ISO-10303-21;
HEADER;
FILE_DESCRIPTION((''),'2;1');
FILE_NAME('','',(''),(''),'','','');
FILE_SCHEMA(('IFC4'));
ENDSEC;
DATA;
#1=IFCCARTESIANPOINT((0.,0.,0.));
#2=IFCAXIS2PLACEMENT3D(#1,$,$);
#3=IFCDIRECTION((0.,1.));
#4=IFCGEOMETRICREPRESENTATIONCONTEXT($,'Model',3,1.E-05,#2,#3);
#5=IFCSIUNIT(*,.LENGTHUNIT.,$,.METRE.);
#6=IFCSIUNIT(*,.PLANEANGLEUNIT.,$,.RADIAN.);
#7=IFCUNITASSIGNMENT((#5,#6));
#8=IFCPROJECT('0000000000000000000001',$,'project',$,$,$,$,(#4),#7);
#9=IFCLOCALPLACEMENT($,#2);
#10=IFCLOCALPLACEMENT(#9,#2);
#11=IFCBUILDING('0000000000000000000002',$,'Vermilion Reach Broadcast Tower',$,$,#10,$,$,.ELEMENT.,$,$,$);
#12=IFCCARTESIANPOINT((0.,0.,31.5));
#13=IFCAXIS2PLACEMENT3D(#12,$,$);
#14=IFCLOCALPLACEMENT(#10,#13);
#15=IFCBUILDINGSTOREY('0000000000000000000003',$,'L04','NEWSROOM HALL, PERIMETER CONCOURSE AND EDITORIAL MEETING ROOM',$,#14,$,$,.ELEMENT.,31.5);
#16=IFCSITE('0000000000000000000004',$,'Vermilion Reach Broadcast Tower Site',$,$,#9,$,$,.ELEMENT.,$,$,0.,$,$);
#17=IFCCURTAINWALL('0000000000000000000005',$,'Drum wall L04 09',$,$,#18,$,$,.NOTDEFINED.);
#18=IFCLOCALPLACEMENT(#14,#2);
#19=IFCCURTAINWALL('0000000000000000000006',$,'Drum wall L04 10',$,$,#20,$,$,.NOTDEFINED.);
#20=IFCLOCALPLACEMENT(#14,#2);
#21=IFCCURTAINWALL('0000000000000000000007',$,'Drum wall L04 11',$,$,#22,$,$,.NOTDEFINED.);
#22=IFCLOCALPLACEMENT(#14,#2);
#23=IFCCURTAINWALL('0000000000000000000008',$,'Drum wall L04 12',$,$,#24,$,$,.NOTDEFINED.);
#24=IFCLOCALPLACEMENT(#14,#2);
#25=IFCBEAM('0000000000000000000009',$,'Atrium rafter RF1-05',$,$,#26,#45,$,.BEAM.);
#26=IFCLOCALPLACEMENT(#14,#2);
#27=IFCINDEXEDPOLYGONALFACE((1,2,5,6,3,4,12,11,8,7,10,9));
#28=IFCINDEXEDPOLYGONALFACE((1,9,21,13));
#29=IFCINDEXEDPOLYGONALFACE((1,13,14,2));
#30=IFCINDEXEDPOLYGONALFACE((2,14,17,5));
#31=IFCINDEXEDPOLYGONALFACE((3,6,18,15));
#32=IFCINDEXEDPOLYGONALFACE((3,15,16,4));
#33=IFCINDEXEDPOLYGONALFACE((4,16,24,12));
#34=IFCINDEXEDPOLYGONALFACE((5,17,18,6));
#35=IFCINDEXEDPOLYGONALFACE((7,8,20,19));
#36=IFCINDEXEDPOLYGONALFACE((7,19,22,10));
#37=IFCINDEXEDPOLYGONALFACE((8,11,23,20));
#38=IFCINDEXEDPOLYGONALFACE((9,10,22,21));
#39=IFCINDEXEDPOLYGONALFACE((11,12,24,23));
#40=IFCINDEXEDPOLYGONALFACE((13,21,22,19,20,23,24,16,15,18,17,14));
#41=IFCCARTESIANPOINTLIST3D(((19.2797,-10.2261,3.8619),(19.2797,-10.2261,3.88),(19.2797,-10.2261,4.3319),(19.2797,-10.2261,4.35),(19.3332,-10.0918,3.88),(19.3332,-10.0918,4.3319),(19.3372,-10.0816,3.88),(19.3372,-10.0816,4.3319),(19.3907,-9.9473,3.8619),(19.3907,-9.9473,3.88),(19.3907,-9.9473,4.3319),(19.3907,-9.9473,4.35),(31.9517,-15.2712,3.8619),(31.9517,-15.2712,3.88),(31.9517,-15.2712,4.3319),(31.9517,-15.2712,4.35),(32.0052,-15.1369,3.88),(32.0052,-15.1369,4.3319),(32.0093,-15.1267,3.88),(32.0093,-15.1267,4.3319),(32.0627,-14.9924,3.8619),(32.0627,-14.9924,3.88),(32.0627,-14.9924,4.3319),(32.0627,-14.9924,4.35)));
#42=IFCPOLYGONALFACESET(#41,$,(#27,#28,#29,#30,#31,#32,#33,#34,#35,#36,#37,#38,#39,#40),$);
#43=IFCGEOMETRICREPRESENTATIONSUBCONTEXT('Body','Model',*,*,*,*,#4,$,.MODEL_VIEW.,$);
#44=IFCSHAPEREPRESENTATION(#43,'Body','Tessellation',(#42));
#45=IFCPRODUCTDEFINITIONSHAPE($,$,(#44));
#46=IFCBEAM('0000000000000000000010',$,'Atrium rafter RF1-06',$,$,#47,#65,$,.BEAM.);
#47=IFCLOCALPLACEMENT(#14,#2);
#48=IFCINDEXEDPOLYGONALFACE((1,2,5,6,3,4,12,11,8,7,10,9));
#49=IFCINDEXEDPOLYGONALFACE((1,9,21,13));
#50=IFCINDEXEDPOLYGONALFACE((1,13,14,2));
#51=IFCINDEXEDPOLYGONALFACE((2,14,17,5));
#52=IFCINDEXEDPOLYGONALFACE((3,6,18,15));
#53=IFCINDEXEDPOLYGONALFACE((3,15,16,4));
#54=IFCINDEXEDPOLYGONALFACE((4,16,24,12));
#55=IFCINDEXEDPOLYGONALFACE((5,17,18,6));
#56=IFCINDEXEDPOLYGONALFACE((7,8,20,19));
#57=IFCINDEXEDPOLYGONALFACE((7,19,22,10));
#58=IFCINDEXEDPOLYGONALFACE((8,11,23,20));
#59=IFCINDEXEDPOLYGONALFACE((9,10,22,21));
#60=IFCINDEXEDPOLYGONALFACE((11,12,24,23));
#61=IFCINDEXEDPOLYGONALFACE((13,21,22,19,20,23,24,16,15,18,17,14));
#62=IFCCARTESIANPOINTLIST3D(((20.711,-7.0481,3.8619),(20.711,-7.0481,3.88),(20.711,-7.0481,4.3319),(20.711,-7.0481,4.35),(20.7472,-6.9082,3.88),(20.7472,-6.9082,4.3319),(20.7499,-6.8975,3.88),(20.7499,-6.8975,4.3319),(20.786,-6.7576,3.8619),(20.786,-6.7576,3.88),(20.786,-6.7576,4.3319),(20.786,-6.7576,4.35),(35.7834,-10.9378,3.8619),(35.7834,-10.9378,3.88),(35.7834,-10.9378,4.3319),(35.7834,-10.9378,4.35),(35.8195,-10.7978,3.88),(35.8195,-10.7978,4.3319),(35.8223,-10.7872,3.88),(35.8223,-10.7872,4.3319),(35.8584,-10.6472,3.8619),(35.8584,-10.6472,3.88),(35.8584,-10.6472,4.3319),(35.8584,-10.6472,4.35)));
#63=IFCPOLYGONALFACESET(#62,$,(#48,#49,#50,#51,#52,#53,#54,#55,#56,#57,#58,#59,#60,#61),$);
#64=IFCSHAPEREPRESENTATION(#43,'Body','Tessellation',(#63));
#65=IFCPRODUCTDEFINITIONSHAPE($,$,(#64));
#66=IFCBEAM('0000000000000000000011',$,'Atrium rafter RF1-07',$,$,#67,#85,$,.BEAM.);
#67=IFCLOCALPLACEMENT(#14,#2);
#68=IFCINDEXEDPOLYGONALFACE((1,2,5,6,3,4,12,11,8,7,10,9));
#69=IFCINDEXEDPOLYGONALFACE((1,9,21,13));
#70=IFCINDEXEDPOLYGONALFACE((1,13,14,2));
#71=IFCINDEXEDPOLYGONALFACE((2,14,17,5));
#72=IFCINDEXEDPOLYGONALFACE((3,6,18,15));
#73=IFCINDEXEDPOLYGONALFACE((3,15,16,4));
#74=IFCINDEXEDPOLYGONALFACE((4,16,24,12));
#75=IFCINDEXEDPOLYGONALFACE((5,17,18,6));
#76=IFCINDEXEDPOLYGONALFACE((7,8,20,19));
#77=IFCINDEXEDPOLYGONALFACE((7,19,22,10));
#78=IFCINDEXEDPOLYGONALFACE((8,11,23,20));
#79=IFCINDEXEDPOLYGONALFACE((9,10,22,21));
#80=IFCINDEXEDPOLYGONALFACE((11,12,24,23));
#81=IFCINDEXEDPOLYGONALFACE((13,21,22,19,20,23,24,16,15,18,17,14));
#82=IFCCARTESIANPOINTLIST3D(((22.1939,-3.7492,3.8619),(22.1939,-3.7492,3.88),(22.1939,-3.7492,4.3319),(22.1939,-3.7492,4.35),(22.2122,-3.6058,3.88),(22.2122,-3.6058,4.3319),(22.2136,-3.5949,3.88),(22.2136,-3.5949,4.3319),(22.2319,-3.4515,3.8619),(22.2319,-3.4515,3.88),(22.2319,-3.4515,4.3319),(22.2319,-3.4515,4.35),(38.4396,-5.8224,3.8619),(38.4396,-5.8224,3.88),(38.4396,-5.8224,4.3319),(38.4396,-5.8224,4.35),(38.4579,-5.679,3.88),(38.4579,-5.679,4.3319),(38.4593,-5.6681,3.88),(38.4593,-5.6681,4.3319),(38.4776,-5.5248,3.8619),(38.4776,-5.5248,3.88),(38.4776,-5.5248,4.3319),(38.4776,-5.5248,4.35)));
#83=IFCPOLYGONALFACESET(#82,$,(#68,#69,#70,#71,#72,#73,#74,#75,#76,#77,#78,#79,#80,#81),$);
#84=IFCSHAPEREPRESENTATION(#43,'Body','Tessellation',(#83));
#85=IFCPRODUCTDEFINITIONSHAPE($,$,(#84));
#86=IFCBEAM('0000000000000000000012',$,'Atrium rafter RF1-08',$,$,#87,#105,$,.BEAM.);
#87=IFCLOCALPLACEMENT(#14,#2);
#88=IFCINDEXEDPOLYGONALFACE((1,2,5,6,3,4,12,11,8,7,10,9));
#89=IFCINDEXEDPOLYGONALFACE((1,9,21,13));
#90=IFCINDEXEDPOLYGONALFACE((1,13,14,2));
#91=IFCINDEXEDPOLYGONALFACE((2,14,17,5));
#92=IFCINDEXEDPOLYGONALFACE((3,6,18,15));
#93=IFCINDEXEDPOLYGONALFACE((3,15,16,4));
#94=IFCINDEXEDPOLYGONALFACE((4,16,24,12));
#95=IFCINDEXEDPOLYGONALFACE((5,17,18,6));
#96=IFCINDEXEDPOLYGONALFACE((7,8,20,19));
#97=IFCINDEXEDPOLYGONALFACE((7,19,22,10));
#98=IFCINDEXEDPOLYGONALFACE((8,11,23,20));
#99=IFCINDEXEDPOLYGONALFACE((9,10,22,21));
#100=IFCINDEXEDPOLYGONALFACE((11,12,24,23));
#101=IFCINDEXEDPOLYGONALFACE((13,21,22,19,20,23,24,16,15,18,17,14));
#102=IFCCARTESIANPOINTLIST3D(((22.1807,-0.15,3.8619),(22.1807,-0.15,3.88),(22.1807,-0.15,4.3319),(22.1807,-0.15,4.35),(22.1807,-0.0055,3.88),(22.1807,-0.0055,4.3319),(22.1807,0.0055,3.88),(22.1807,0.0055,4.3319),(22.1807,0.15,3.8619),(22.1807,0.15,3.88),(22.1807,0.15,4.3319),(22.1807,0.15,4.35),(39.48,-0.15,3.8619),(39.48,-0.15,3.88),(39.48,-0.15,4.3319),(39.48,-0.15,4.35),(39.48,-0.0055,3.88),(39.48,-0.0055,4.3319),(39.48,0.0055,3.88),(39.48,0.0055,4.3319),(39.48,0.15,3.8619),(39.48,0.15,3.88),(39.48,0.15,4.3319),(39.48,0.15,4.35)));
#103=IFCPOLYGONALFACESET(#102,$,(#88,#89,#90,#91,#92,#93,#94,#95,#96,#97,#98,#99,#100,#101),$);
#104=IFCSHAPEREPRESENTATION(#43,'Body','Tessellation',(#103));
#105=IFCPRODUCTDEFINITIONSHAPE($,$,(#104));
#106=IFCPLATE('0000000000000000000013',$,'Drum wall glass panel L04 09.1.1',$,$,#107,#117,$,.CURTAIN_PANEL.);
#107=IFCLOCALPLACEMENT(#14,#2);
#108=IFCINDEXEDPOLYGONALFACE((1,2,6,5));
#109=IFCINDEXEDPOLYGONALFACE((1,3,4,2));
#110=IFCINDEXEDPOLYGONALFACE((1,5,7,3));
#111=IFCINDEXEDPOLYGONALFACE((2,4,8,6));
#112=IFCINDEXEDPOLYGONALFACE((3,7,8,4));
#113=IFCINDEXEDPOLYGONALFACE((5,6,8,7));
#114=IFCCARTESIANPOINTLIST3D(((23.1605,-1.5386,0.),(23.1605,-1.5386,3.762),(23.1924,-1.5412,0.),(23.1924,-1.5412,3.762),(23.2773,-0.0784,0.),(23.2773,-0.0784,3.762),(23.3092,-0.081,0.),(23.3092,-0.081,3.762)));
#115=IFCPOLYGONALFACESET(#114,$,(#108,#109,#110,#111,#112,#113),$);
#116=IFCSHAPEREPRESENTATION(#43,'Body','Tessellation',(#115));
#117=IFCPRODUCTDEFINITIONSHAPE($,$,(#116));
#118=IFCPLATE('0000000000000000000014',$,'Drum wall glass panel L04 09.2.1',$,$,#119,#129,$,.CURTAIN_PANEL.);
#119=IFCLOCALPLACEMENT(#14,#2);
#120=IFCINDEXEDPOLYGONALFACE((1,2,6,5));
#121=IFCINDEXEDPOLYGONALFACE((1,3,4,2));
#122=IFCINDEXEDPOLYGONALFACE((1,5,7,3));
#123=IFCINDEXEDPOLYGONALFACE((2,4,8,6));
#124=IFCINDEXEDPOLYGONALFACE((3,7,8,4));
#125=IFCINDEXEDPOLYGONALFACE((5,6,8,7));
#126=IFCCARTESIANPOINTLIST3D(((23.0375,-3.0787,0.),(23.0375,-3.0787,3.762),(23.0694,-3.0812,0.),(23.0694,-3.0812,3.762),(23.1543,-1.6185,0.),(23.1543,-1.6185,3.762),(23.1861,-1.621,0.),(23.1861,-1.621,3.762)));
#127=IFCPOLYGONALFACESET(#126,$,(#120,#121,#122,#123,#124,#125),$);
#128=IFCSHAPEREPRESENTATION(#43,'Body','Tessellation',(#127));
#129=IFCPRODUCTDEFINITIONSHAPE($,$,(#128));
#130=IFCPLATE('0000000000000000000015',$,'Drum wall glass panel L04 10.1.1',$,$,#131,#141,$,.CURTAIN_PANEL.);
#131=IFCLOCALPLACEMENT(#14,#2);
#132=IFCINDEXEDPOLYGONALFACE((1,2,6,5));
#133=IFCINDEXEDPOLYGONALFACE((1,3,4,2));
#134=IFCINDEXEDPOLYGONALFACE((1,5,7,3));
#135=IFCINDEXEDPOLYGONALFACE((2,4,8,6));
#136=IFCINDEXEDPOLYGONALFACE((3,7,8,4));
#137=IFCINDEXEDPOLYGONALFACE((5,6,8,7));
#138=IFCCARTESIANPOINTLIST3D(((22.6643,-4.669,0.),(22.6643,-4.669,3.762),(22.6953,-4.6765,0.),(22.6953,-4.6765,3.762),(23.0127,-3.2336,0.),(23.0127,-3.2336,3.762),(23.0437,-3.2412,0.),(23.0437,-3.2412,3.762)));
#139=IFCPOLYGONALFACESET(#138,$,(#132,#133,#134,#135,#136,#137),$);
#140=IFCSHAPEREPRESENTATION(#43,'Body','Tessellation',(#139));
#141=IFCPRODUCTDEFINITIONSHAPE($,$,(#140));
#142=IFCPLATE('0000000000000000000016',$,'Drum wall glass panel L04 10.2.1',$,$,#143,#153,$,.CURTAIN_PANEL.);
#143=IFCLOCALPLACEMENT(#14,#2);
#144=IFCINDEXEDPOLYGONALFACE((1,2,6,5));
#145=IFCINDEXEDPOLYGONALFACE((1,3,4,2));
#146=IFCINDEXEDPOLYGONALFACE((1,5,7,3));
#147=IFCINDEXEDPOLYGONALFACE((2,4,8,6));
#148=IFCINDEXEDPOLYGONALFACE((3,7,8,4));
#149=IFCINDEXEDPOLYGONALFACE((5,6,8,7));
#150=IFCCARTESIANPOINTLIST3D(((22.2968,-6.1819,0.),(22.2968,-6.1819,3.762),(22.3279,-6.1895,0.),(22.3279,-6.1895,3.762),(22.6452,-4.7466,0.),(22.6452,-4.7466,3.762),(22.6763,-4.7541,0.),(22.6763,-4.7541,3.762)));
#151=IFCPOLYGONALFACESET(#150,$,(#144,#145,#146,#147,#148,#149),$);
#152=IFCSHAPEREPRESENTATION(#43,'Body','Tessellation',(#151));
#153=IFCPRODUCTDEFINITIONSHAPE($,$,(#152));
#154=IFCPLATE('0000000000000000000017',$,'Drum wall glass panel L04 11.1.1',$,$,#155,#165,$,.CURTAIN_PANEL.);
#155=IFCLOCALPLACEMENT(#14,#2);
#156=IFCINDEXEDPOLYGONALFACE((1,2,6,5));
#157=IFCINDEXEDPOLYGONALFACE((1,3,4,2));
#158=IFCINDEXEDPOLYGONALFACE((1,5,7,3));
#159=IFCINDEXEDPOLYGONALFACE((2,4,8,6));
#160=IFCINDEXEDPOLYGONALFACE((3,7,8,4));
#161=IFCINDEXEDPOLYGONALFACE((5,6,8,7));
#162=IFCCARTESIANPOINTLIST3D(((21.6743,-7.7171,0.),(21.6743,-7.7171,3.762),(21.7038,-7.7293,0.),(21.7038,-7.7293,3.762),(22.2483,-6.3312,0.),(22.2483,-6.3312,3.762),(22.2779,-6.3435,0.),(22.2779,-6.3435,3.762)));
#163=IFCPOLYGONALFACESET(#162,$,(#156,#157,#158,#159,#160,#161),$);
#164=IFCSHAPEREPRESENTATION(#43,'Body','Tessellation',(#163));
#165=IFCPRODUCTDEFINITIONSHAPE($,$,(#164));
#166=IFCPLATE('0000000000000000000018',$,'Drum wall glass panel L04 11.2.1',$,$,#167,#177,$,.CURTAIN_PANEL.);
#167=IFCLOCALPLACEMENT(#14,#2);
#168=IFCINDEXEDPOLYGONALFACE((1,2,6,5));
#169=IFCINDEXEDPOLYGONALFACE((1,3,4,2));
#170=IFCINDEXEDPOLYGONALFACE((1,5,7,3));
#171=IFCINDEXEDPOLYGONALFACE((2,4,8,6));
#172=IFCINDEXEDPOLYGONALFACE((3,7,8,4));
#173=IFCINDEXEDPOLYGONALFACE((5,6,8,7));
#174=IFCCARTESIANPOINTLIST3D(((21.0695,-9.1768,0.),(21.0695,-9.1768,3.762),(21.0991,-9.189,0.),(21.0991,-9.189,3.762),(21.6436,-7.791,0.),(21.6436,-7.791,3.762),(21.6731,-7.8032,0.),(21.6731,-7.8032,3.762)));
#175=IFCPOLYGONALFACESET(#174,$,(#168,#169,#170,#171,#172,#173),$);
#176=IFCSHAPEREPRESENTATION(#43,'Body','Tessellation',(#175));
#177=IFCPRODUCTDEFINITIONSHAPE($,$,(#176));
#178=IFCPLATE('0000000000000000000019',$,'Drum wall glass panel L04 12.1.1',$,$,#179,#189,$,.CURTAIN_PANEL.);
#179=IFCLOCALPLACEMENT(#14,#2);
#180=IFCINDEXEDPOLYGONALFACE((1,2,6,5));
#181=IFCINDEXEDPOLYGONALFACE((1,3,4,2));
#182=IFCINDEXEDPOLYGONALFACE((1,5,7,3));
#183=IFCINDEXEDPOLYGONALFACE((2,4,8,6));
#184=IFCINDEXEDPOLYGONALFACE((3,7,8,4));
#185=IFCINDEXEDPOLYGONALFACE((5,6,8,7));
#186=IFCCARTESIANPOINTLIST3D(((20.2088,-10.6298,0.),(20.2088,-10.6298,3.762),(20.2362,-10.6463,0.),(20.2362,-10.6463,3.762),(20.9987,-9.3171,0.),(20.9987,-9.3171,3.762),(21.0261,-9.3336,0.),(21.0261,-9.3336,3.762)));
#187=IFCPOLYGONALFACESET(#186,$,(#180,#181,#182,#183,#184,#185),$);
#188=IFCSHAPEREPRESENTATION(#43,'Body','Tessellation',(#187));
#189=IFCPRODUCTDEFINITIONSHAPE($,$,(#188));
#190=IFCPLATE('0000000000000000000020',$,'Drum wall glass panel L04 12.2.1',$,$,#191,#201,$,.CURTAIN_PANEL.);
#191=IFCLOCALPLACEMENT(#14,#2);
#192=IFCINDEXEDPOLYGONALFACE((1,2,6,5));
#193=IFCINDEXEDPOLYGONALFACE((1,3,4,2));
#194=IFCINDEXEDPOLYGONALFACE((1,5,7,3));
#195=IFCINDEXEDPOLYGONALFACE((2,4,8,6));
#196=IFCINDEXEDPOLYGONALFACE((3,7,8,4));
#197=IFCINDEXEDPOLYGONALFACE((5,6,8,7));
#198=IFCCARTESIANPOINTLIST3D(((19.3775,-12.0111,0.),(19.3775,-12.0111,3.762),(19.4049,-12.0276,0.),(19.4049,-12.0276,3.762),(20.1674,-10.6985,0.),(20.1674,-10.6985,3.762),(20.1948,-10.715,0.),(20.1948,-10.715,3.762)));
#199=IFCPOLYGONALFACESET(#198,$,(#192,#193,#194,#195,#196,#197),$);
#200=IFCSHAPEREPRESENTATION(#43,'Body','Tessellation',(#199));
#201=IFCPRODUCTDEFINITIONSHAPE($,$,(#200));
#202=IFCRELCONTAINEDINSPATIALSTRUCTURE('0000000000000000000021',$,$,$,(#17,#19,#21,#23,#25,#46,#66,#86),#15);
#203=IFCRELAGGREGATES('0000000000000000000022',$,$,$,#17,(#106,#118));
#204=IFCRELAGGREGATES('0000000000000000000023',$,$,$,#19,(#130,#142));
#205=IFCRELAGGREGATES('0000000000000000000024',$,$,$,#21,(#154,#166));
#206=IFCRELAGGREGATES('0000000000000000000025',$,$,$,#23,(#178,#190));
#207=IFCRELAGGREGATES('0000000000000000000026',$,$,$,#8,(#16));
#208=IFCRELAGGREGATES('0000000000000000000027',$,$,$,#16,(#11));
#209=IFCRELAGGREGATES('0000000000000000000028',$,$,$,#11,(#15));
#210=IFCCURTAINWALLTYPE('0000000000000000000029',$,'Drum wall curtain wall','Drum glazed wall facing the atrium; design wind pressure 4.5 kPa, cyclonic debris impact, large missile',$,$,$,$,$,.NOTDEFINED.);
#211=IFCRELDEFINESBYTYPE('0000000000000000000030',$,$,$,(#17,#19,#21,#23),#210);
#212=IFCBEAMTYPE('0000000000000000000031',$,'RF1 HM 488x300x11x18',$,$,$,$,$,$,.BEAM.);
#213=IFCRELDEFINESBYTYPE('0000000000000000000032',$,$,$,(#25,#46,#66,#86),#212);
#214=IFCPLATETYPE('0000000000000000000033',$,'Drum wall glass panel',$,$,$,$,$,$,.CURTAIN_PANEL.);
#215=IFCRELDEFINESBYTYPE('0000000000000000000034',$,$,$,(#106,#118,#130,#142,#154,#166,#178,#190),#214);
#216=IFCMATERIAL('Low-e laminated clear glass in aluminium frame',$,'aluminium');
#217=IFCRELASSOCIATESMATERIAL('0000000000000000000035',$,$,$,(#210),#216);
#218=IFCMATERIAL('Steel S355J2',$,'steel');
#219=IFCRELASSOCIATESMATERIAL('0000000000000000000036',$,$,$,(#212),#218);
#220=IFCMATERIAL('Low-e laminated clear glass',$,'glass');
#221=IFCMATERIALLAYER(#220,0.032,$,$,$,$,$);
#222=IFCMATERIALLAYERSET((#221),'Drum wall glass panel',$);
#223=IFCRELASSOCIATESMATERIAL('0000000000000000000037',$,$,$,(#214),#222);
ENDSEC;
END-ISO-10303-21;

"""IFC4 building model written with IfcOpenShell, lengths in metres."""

from ifc_helpers import new_model, si_unit, direction, frame, origin, origin_2d, place, context, subcontext, project, spatial, rectangle, i_section, extrude, material, layer, layer_set, material_profile, profile_set, type_object, element, aggregate, save


model = new_model("IFC4")

# Units and contexts
model_context = context("Model", 3, precision=1e-05, world=origin(), true_north=direction((0.0, 1.0)))
body_context = subcontext(model_context, "Body", "Model", "MODEL_VIEW")
ifc_project = project(units=[si_unit("LENGTHUNIT", "METRE"), si_unit("PLANEANGLEUNIT", "RADIAN")], contexts=[model_context])

# Site, building, storey
site_placement = place(None, origin())
site = spatial("IfcSite", under=ifc_project, at=site_placement, Name="Vermilion Reach Broadcast Tower Site", CompositionType="ELEMENT", RefElevation=0.0)
building_placement = place(site_placement, origin())
building = spatial("IfcBuilding", under=site, at=building_placement, Name="Vermilion Reach Broadcast Tower", CompositionType="ELEMENT")
storey_placement = place(building_placement, frame((0.0, 0.0, 31.5)))
storey = spatial("IfcBuildingStorey", under=building, at=storey_placement, Name="L04", Description="NEWSROOM HALL, PERIMETER CONCOURSE AND EDITORIAL MEETING ROOM", CompositionType="ELEMENT", Elevation=31.5)

# Curtain walls
ifc_material_1 = material(Name="Low-e laminated clear glass in aluminium frame", Category="aluminium")
curtain_wall_type = type_object("IfcCurtainWallType", Name="Drum wall curtain wall", Description="Drum glazed wall facing the atrium; design wind pressure 4.5 kPa, cyclonic debris impact, large missile", PredefinedType="NOTDEFINED", material=ifc_material_1)
placement = place(storey_placement, origin())
curtain_wall_1 = element("IfcCurtainWall", 1, at=placement, inside=storey, type_object=curtain_wall_type, Name="Drum wall L04 09", PredefinedType="NOTDEFINED")
curtain_wall_2 = element("IfcCurtainWall", 2, at=placement, inside=storey, type_object=curtain_wall_type, Name="Drum wall L04 10", PredefinedType="NOTDEFINED")
curtain_wall_3 = element("IfcCurtainWall", 3, at=placement, inside=storey, type_object=curtain_wall_type, Name="Drum wall L04 11", PredefinedType="NOTDEFINED")
curtain_wall_4 = element("IfcCurtainWall", 4, at=placement, inside=storey, type_object=curtain_wall_type, Name="Drum wall L04 12", PredefinedType="NOTDEFINED")

# Beams
ifc_material_2 = material(Name="Steel S355J2", Category="steel")
ifc_material_profile_1 = material_profile(ifc_material_2, i_section(OverallWidth=0.3, OverallDepth=0.488, WebThickness=0.011, FlangeThickness=0.0181, at=origin_2d()), Name="S355J2 HM 488x300x11x18")
ifc_profile_set_1 = profile_set([ifc_material_profile_1], Name="Steel S355J2")
beam_type_1 = type_object("IfcBeamType", Name="RF1 HM 488x300x11x18", PredefinedType="BEAM", material=ifc_profile_set_1)
beam_1_placement = place(storey_placement, frame((19.3352, -10.0867, 4.106), z_axis=(0.929074, -0.369893, 0.0), x_axis=(0.369893, 0.929074, 0.0)))
element("IfcBeam", 5, at=beam_1_placement, inside=storey, type_object=beam_type_1, Name="Atrium rafter RF1-05", PredefinedType="BEAM", context=body_context, shape_type="SweptSolid", body=[
    extrude(i_section(OverallWidth=0.3, OverallDepth=0.488, WebThickness=0.011, FlangeThickness=0.0181, at=origin_2d()), origin(), (0.0, 0.0, 1.0), 13.6394),
])
beam_2_placement = place(storey_placement, frame((20.7485, -6.9028, 4.106), z_axis=(0.968277, -0.24988, 0.0), x_axis=(0.24988, 0.968277, 0.0)))
element("IfcBeam", 6, at=beam_2_placement, inside=storey, type_object=beam_type_1, Name="Atrium rafter RF1-06", PredefinedType="BEAM", context=body_context, shape_type="SweptSolid", body=[
    extrude(i_section(OverallWidth=0.3, OverallDepth=0.488, WebThickness=0.011, FlangeThickness=0.0181, at=origin_2d()), origin(), (0.0, 0.0, 1.0), 15.5662),
])
beam_3_placement = place(storey_placement, frame((22.2129, -3.6003, 4.106), z_axis=(0.991955, -0.126592, 0.0), x_axis=(0.126592, 0.991955, 0.0)))
element("IfcBeam", 7, at=beam_3_placement, inside=storey, type_object=beam_type_1, Name="Atrium rafter RF1-07", PredefinedType="BEAM", context=body_context, shape_type="SweptSolid", body=[
    extrude(i_section(OverallWidth=0.3, OverallDepth=0.488, WebThickness=0.011, FlangeThickness=0.0181, at=origin_2d()), origin(), (0.0, 0.0, 1.0), 16.3774),
])
beam_4_placement = place(storey_placement, frame((22.1807, 0.0, 4.106), z_axis=(1.0, 0.0, 0.0), x_axis=(0.0, 1.0, 0.0)))
element("IfcBeam", 8, at=beam_4_placement, inside=storey, type_object=beam_type_1, Name="Atrium rafter RF1-08", PredefinedType="BEAM", context=body_context, shape_type="SweptSolid", body=[
    extrude(i_section(OverallWidth=0.3, OverallDepth=0.488, WebThickness=0.011, FlangeThickness=0.0181, at=origin_2d()), origin(), (0.0, 0.0, 1.0), 17.2993),
])

# Plates
ifc_material_3 = material(Name="Low-e laminated clear glass", Category="glass")
ifc_layer = layer(ifc_material_3, 0.032)
ifc_layer_set = layer_set([ifc_layer], Name="Drum wall glass panel")
plate_type = type_object("IfcPlateType", Name="Drum wall glass panel", PredefinedType="CURTAIN_PANEL", material=ifc_layer_set)
plate_1_placement = place(storey_placement, frame((23.2349, -0.8098, 0.0), z_axis=(0.0, 0.0, 1.0), x_axis=(-0.079726, -0.996817, 0.0)))
plate_1 = element("IfcPlate", 9, at=plate_1_placement, type_object=plate_type, Name="Drum wall glass panel L04 09.1.1", PredefinedType="CURTAIN_PANEL", context=body_context, shape_type="SweptSolid", body=[
    extrude(rectangle(XDim=1.4648, YDim=0.032, at=origin_2d()), origin(), (0.0, 0.0, 1.0), 3.762),
])
plate_2_placement = place(storey_placement, frame((23.1118, -2.3499, 0.0), z_axis=(0.0, 0.0, 1.0), x_axis=(-0.079726, -0.996817, 0.0)))
plate_2 = element("IfcPlate", 10, at=plate_2_placement, type_object=plate_type, Name="Drum wall glass panel L04 09.2.1", PredefinedType="CURTAIN_PANEL", context=body_context, shape_type="SweptSolid", body=[
    extrude(rectangle(XDim=1.4648, YDim=0.032, at=origin_2d()), origin(), (0.0, 0.0, 1.0), 3.762),
])
aggregate(curtain_wall_1, [plate_1, plate_2])
plate_3_placement = place(storey_placement, frame((22.854, -3.9551, 0.0), z_axis=(0.0, 0.0, 1.0), x_axis=(-0.235877, -0.971783, 0.0)))
plate_3 = element("IfcPlate", 11, at=plate_3_placement, type_object=plate_type, Name="Drum wall glass panel L04 10.1.1", PredefinedType="CURTAIN_PANEL", context=body_context, shape_type="SweptSolid", body=[
    extrude(rectangle(XDim=1.4771, YDim=0.032, at=origin_2d()), origin(), (0.0, 0.0, 1.0), 3.762),
])
plate_4_placement = place(storey_placement, frame((22.4866, -5.468, 0.0), z_axis=(0.0, 0.0, 1.0), x_axis=(-0.235877, -0.971783, 0.0)))
plate_4 = element("IfcPlate", 12, at=plate_4_placement, type_object=plate_type, Name="Drum wall glass panel L04 10.2.1", PredefinedType="CURTAIN_PANEL", context=body_context, shape_type="SweptSolid", body=[
    extrude(rectangle(XDim=1.4771, YDim=0.032, at=origin_2d()), origin(), (0.0, 0.0, 1.0), 3.762),
])
aggregate(curtain_wall_2, [plate_3, plate_4])
plate_5_placement = place(storey_placement, frame((21.9761, -7.0303, 0.0), z_axis=(0.0, 0.0, 1.0), x_axis=(-0.382693, -0.923875, 0.0)))
plate_5 = element("IfcPlate", 13, at=plate_5_placement, type_object=plate_type, Name="Drum wall glass panel L04 11.1.1", PredefinedType="CURTAIN_PANEL", context=body_context, shape_type="SweptSolid", body=[
    extrude(rectangle(XDim=1.5, YDim=0.032, at=origin_2d()), origin(), (0.0, 0.0, 1.0), 3.762),
])
plate_6_placement = place(storey_placement, frame((21.3713, -8.49, 0.0), z_axis=(0.0, 0.0, 1.0), x_axis=(-0.382693, -0.923875, 0.0)))
plate_6 = element("IfcPlate", 14, at=plate_6_placement, type_object=plate_type, Name="Drum wall glass panel L04 11.2.1", PredefinedType="CURTAIN_PANEL", context=body_context, shape_type="SweptSolid", body=[
    extrude(rectangle(XDim=1.5, YDim=0.032, at=origin_2d()), origin(), (0.0, 0.0, 1.0), 3.762),
])
aggregate(curtain_wall_3, [plate_5, plate_6])
plate_7_placement = place(storey_placement, frame((20.6174, -9.9817, 0.0), z_axis=(0.0, 0.0, 1.0), x_axis=(-0.515613, -0.856821, 0.0)))
plate_7 = element("IfcPlate", 15, at=plate_7_placement, type_object=plate_type, Name="Drum wall glass panel L04 12.1.1", PredefinedType="CURTAIN_PANEL", context=body_context, shape_type="SweptSolid", body=[
    extrude(rectangle(XDim=1.532, YDim=0.032, at=origin_2d()), origin(), (0.0, 0.0, 1.0), 3.762),
])
plate_8_placement = place(storey_placement, frame((19.7861, -11.363, 0.0), z_axis=(0.0, 0.0, 1.0), x_axis=(-0.515613, -0.856821, 0.0)))
plate_8 = element("IfcPlate", 16, at=plate_8_placement, type_object=plate_type, Name="Drum wall glass panel L04 12.2.1", PredefinedType="CURTAIN_PANEL", context=body_context, shape_type="SweptSolid", body=[
    extrude(rectangle(XDim=1.532, YDim=0.032, at=origin_2d()), origin(), (0.0, 0.0, 1.0), 3.762),
])
aggregate(curtain_wall_4, [plate_7, plate_8])

save(model, "model.ifc")
